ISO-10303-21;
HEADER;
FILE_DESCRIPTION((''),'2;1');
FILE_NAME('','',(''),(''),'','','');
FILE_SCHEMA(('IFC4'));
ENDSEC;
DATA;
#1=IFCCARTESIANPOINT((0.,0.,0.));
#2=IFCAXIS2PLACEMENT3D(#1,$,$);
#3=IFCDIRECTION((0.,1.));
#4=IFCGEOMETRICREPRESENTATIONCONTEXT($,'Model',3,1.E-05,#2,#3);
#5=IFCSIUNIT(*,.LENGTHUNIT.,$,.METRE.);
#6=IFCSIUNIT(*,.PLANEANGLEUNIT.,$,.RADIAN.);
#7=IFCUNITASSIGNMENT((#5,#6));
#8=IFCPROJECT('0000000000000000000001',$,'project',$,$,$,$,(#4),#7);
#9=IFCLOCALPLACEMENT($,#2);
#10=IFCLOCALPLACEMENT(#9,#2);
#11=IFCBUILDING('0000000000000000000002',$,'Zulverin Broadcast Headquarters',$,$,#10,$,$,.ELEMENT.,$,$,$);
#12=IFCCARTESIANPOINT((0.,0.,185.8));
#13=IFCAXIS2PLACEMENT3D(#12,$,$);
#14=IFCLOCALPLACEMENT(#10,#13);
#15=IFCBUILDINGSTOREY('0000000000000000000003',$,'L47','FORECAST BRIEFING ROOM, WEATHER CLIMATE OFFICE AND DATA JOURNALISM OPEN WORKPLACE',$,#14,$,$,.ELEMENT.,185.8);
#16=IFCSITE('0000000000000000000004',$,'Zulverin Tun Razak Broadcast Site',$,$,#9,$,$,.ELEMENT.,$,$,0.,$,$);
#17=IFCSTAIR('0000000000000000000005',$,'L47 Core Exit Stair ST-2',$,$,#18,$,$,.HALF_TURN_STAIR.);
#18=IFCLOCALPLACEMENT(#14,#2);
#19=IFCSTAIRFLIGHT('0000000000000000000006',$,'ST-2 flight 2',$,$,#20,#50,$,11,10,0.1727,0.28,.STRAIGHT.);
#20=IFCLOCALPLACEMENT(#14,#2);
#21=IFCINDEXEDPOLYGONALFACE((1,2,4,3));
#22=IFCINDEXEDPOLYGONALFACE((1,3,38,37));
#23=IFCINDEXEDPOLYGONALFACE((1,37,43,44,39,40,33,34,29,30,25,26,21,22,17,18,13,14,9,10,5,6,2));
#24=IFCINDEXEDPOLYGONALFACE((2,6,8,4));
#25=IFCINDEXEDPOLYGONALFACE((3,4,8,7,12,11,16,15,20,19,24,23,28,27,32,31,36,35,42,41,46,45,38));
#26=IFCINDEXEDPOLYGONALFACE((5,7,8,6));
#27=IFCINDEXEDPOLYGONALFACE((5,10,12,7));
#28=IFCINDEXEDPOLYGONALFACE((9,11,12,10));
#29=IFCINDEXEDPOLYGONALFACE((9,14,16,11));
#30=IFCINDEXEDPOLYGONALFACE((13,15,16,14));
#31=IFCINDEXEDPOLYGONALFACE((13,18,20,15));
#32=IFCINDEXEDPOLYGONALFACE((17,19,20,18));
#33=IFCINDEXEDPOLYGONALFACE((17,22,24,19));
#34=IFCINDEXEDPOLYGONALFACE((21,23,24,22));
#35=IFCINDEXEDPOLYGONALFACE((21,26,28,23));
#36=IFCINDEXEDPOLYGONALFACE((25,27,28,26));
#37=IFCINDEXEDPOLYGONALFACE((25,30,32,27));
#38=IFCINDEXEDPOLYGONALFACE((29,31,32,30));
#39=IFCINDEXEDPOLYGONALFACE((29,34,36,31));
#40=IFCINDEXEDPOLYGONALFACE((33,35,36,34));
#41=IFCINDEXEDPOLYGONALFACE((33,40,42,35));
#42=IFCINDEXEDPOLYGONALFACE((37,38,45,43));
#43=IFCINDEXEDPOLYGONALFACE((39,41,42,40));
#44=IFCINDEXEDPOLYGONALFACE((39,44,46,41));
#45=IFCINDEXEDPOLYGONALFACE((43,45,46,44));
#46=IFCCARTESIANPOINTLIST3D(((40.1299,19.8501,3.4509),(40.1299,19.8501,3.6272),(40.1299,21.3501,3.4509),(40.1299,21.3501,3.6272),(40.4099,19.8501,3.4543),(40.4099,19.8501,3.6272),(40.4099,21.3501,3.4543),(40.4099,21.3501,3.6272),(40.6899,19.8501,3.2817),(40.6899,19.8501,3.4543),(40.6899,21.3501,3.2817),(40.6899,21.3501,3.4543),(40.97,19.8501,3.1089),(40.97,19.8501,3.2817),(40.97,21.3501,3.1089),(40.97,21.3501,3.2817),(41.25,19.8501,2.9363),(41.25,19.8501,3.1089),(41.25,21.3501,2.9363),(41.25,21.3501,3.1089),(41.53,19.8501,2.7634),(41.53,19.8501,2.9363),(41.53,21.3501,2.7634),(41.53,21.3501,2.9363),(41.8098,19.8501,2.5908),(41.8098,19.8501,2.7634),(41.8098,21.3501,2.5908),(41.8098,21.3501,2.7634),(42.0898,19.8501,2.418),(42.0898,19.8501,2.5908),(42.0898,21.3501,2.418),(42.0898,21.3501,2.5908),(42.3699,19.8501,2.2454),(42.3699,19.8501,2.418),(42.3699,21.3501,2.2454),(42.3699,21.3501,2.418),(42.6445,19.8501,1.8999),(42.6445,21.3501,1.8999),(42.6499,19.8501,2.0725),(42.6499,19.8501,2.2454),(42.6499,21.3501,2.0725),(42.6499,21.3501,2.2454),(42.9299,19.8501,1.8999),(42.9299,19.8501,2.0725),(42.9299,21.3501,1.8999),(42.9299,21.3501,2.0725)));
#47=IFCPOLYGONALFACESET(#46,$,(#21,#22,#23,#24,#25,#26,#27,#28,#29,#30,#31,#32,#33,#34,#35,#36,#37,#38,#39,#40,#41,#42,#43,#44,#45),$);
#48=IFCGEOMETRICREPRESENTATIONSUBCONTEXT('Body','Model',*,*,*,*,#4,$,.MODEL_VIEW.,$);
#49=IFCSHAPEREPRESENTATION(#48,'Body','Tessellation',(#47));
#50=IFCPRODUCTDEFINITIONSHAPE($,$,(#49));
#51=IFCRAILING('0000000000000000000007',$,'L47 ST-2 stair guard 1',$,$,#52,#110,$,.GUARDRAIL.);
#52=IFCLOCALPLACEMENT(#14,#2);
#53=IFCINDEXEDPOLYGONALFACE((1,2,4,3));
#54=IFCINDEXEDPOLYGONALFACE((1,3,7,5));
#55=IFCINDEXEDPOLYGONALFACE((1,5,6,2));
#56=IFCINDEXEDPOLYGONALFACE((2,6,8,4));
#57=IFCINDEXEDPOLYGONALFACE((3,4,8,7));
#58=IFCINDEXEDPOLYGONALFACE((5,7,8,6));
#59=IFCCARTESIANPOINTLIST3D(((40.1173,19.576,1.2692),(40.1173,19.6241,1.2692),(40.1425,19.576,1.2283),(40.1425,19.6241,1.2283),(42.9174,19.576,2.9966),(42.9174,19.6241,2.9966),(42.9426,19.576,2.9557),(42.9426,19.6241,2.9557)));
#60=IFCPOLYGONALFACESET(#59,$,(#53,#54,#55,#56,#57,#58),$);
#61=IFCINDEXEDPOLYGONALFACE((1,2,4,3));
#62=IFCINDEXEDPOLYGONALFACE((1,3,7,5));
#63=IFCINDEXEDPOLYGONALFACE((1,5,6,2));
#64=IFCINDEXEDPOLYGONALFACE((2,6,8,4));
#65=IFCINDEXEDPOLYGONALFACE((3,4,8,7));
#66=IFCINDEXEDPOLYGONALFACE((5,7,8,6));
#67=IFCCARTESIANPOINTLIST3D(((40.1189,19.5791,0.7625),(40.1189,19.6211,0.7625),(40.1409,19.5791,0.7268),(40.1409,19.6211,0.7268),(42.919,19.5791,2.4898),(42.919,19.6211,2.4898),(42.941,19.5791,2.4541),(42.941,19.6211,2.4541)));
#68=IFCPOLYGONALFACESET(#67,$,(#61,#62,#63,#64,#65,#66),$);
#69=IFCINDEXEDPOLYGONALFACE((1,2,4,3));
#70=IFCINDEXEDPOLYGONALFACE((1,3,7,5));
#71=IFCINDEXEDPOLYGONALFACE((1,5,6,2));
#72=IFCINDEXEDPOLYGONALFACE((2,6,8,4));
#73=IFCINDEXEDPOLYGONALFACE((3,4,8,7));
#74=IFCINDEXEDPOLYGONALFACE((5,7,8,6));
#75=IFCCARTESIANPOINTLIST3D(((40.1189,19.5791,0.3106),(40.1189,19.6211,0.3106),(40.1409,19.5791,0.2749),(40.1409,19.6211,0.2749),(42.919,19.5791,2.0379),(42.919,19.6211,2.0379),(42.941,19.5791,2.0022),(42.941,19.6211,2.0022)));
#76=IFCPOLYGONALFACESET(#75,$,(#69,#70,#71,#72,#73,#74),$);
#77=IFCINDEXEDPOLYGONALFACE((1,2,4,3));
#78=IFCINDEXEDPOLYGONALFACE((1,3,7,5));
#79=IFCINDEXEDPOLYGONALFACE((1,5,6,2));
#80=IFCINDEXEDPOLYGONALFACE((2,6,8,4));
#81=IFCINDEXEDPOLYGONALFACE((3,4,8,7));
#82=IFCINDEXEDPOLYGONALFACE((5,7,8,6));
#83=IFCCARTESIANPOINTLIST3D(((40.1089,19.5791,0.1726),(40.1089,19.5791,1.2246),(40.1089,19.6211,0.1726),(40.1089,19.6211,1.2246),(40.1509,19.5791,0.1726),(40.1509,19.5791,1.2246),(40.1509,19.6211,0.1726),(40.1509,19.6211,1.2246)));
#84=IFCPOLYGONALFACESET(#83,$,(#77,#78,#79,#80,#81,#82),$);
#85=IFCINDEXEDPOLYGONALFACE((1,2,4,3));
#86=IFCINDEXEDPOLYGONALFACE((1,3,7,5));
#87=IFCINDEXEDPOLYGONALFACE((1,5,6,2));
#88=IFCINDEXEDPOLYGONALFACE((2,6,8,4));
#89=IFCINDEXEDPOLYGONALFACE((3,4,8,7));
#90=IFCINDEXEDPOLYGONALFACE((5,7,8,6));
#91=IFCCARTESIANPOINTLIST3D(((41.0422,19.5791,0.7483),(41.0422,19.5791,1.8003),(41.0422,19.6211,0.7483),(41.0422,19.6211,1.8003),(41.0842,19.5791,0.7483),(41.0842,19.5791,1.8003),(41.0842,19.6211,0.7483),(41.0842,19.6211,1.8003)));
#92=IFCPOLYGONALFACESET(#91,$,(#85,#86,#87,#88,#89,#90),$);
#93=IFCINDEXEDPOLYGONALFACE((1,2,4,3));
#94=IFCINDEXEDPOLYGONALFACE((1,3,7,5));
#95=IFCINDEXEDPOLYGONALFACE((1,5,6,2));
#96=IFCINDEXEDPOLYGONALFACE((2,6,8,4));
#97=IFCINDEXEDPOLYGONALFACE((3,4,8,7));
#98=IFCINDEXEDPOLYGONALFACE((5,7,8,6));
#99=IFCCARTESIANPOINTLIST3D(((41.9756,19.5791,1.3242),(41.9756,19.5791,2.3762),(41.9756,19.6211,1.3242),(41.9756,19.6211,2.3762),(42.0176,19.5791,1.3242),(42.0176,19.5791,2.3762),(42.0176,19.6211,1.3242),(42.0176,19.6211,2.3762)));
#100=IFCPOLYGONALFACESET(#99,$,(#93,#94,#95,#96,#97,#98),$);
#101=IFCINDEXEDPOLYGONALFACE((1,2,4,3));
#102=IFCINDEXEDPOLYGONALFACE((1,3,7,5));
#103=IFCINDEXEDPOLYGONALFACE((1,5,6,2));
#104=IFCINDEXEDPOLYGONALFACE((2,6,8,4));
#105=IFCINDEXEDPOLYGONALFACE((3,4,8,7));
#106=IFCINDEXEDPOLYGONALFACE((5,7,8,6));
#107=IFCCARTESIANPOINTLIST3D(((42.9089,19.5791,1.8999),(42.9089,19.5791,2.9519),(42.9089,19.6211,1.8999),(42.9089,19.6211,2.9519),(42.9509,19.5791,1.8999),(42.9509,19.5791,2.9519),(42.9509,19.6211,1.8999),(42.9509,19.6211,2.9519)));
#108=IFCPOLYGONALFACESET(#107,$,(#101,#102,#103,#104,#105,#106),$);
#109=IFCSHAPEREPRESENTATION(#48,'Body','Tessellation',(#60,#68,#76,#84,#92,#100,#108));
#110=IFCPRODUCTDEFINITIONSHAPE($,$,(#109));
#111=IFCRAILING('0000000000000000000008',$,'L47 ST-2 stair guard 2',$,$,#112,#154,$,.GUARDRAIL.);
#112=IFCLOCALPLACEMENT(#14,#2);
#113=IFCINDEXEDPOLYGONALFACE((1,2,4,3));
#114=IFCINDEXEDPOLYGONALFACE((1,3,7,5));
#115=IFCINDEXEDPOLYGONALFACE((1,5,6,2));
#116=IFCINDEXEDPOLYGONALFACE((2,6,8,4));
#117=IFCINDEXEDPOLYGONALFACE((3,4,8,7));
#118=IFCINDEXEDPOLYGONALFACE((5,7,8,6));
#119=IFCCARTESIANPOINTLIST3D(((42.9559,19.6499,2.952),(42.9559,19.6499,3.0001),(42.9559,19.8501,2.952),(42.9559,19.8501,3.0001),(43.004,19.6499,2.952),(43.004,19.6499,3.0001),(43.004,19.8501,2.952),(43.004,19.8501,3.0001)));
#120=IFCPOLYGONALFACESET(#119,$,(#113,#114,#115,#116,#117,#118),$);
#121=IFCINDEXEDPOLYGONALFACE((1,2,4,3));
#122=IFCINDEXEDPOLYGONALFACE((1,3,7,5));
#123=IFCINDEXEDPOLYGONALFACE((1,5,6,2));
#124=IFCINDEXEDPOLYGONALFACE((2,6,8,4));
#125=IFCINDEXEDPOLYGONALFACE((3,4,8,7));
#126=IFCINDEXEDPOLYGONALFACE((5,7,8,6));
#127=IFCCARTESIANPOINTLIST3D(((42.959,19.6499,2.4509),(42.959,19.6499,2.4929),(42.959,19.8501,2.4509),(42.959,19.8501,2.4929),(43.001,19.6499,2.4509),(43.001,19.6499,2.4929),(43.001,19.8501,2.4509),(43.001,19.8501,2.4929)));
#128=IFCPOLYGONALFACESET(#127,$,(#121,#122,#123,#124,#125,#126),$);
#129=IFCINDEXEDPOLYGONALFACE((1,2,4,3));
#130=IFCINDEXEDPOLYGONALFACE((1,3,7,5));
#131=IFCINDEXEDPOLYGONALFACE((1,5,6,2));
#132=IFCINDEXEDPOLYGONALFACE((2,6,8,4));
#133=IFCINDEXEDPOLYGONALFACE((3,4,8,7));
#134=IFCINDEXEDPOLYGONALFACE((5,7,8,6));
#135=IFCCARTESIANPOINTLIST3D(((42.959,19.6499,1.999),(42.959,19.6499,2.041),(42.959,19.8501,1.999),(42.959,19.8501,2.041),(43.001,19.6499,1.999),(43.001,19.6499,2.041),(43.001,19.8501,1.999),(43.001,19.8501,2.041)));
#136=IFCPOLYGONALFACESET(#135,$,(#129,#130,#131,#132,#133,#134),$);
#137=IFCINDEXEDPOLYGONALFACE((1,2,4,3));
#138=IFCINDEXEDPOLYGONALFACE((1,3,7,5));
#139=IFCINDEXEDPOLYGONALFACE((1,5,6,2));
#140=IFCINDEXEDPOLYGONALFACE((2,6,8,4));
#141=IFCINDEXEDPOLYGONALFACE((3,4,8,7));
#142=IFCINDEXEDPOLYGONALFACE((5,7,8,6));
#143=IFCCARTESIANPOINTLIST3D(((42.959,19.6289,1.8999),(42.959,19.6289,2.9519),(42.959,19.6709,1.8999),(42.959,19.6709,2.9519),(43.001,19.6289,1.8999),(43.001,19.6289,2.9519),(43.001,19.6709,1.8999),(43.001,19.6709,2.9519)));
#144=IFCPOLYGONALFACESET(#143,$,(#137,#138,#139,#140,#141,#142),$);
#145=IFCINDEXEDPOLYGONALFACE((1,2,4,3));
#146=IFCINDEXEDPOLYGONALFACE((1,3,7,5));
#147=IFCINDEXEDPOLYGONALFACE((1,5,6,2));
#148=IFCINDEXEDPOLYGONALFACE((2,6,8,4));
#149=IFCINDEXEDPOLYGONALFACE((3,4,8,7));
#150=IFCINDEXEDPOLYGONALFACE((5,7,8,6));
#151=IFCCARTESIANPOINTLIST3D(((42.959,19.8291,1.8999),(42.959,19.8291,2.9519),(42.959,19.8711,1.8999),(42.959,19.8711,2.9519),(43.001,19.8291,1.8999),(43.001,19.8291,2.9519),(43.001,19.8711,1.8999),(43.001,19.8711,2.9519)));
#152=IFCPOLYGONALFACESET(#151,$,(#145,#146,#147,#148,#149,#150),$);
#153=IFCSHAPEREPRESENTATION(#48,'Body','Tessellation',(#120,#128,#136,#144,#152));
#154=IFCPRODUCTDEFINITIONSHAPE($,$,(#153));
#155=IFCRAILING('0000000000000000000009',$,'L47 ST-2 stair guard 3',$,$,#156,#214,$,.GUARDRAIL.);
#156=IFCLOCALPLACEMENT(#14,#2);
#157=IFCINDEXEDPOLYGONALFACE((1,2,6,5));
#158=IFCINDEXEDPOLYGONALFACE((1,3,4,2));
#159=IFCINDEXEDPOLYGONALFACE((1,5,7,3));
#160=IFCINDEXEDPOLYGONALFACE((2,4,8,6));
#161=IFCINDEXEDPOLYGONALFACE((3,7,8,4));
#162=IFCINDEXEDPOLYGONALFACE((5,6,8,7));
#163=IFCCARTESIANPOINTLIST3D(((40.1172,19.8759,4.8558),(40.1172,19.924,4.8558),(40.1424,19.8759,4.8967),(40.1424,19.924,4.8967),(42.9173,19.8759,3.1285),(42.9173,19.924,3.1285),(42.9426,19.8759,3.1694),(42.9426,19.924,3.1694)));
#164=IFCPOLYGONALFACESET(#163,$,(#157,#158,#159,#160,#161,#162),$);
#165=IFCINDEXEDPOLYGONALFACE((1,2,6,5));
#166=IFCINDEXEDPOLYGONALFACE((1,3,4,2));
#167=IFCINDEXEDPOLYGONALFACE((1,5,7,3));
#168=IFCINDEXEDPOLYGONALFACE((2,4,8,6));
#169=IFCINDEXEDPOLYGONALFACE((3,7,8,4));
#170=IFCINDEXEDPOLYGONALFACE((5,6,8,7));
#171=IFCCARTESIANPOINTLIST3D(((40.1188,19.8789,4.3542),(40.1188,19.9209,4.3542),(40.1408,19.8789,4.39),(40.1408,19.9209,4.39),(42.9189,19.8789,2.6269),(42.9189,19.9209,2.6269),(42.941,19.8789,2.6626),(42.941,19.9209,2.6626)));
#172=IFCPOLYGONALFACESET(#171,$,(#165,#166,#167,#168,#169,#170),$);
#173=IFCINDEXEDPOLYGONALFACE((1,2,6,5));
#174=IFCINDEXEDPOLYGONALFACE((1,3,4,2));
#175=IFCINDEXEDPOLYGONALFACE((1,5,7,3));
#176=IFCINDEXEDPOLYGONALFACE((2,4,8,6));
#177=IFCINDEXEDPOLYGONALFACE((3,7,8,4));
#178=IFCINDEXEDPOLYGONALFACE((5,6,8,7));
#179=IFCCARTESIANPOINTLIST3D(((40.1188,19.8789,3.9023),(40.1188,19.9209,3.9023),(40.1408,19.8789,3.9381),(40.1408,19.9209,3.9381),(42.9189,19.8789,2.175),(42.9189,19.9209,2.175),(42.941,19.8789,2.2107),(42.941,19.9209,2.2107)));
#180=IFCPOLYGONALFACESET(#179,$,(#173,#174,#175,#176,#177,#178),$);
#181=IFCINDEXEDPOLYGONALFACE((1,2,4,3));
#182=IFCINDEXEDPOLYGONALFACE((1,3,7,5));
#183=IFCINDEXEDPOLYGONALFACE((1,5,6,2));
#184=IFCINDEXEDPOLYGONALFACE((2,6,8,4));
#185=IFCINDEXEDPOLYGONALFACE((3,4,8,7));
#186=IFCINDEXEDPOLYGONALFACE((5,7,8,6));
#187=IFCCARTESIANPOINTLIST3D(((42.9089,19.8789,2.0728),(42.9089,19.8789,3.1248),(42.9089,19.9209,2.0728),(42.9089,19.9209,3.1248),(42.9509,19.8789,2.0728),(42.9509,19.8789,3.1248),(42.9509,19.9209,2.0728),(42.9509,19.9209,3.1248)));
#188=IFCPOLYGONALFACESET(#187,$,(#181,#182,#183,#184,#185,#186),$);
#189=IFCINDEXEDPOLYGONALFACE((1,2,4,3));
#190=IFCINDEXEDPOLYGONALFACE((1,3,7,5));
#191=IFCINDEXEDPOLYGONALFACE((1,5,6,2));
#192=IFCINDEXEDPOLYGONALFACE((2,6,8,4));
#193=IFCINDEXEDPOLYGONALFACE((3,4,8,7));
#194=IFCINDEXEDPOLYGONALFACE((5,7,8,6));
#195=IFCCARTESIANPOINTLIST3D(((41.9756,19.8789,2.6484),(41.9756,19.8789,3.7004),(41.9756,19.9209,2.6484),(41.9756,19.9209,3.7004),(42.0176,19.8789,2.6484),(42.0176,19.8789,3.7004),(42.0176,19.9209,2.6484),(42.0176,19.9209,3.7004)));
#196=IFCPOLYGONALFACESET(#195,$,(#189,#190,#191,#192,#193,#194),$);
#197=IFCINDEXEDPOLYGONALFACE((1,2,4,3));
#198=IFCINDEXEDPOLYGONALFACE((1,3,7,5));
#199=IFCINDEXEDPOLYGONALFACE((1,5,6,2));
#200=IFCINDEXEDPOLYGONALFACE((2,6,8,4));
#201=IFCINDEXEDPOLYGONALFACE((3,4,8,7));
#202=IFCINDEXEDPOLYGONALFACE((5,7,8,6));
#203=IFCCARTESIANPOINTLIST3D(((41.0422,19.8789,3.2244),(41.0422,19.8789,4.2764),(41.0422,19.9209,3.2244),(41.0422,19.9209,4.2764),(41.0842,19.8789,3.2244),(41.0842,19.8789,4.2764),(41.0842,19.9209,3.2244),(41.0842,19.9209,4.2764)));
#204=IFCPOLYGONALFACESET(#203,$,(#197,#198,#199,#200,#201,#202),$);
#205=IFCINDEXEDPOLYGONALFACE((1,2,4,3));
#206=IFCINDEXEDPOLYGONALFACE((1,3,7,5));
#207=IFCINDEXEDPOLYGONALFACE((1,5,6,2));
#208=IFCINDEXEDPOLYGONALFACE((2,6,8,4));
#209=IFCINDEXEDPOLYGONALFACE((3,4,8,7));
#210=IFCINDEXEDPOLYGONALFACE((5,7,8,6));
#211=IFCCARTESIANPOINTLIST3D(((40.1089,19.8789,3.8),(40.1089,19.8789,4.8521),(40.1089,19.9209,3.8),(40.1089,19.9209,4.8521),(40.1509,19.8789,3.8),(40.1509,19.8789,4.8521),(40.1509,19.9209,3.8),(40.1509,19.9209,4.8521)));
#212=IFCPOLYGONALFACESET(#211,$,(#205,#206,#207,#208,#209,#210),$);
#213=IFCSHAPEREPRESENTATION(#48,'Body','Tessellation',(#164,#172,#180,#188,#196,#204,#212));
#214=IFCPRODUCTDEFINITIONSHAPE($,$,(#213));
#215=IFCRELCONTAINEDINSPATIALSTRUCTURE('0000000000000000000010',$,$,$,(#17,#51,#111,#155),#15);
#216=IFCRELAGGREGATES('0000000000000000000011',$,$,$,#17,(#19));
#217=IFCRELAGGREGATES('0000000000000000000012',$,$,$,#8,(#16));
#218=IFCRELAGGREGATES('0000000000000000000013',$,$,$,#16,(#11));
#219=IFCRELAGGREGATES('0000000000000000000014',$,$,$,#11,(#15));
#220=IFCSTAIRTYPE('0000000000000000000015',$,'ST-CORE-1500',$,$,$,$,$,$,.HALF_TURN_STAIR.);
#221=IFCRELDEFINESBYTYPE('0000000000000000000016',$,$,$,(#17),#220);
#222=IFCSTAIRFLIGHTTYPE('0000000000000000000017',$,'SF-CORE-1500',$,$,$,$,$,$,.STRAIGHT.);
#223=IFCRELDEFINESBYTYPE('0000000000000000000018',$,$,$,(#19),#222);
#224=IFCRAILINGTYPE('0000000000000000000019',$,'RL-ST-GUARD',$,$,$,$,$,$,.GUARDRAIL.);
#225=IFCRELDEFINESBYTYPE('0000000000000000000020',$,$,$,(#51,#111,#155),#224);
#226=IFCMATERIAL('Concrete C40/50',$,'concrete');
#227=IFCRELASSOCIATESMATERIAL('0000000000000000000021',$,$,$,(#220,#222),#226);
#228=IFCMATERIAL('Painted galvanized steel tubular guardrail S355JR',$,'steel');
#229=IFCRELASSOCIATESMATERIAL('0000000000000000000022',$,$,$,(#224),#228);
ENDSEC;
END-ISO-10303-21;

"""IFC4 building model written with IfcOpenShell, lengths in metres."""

from ifc_helpers import new_model, si_unit, direction, frame, origin, origin_2d, place, context, subcontext, project, spatial, polyline, rectangle, outline, extrude, material, type_object, element, aggregate, save


model = new_model("IFC4")

# Units and contexts
model_context = context("Model", 3, precision=1e-05, world=origin(), true_north=direction((0.0, 1.0)))
body_context = subcontext(model_context, "Body", "Model", "MODEL_VIEW")
ifc_project = project(units=[si_unit("LENGTHUNIT", "METRE"), si_unit("PLANEANGLEUNIT", "RADIAN")], contexts=[model_context])

# Site, building, storey
site_placement = place(None, origin())
site = spatial("IfcSite", under=ifc_project, at=site_placement, Name="Zulverin Tun Razak Broadcast Site", CompositionType="ELEMENT", RefElevation=0.0)
building_placement = place(site_placement, origin())
building = spatial("IfcBuilding", under=site, at=building_placement, Name="Zulverin Broadcast Headquarters", CompositionType="ELEMENT")
storey_placement = place(building_placement, frame((0.0, 0.0, 185.8)))
storey = spatial("IfcBuildingStorey", under=building, at=storey_placement, Name="L47", Description="FORECAST BRIEFING ROOM, WEATHER CLIMATE OFFICE AND DATA JOURNALISM OPEN WORKPLACE", CompositionType="ELEMENT", Elevation=185.8)

# Shared definitions
ifc_material_1 = material(Name="Concrete C40/50", Category="concrete")

# Stair, stair flight
stair_type = type_object("IfcStairType", Name="ST-CORE-1500", PredefinedType="HALF_TURN_STAIR", material=ifc_material_1)
stair_placement = place(storey_placement, origin())
stair = element("IfcStair", 1, at=stair_placement, inside=storey, type_object=stair_type, Name="L47 Core Exit Stair ST-2", PredefinedType="HALF_TURN_STAIR")
stair_flight_type = type_object("IfcStairFlightType", Name="SF-CORE-1500", PredefinedType="STRAIGHT", material=ifc_material_1)
stair_flight_1_placement = place(storey_placement, frame((42.9299, 20.6001, 1.8999), z_axis=(0.0, 0.0, 1.0), x_axis=(-1.0, 0.0, 0.0)))
stair_flight_1 = element("IfcStairFlight", 2, at=stair_flight_1_placement, type_object=stair_flight_type, Name="ST-2 flight 2", NumberOfRisers=11, NumberOfTreads=10, PredefinedType="STRAIGHT", RiserHeight=0.1727, TreadLength=0.28, context=body_context, shape_type="SweptSolid", body=[
    extrude(outline(polyline([(0.0, 0.0), (0.0, 0.1726), (0.28, 0.1726), (0.28, 0.3455), (0.5601, 0.3455), (0.5601, 0.5181), (0.8401, 0.5181), (0.8401, 0.6909), (1.1201, 0.6909), (1.1201, 0.8635), (1.3999, 0.8635), (1.3999, 1.0364), (1.6799, 1.0364), (1.6799, 1.209), (1.96, 1.209), (1.96, 1.3818), (2.24, 1.3818), (2.24, 1.5544), (2.52, 1.5544), (2.52, 1.7273), (2.8, 1.7273), (2.8, 1.8999), (2.8, 1.551), (0.2854, 0.0), (0.0, 0.0)])), frame((0.0, 0.75, 0.0), z_axis=(0.0, -1.0, 0.0), x_axis=(1.0, 0.0, 0.0)), (0.0, 0.0, 1.0), 1.5),
])
aggregate(stair, [stair_flight_1])

# Railings
ifc_material_2 = material(Name="Painted galvanized steel tubular guardrail S355JR", Category="steel")
railing_type_1 = type_object("IfcRailingType", Name="RL-ST-GUARD", PredefinedType="GUARDRAIL", material=ifc_material_2)
railing_1_placement = place(storey_placement, frame((40.1299, 19.6001, 0.1726)))
element("IfcRailing", 3, at=railing_1_placement, inside=storey, type_object=railing_type_1, Name="L47 ST-2 stair guard 1", PredefinedType="GUARDRAIL", context=body_context, shape_type="SweptSolid", body=[
    extrude(rectangle(XDim=0.0481, YDim=0.0481, at=origin_2d()), frame((0.0, 0.0, 1.0762), z_axis=(0.85109, 0.0, 0.52502), x_axis=(0.0, 1.0, 0.0)), (0.0, 0.0, 1.0), 3.29),
    extrude(rectangle(XDim=0.042, YDim=0.042, at=origin_2d()), frame((0.0, 0.0, 0.572), z_axis=(0.85109, 0.0, 0.52502), x_axis=(0.0, 1.0, 0.0)), (0.0, 0.0, 1.0), 3.29),
    extrude(rectangle(XDim=0.042, YDim=0.042, at=origin_2d()), frame((0.0, 0.0, 0.1201), z_axis=(0.85109, 0.0, 0.52502), x_axis=(0.0, 1.0, 0.0)), (0.0, 0.0, 1.0), 3.29),
    extrude(rectangle(XDim=0.042, YDim=0.042, at=origin_2d()), origin(), (0.0, 0.0, 1.0), 1.052),
    extrude(rectangle(XDim=0.042, YDim=0.042, at=origin_2d()), frame((0.9333, 0.0, 0.5757)), (0.0, 0.0, 1.0), 1.052),
    extrude(rectangle(XDim=0.042, YDim=0.042, at=origin_2d()), frame((1.8667, 0.0, 1.1516)), (0.0, 0.0, 1.0), 1.052),
    extrude(rectangle(XDim=0.042, YDim=0.042, at=origin_2d()), frame((2.8, 0.0, 1.7273)), (0.0, 0.0, 1.0), 1.052),
])
railing_2_placement = place(storey_placement, frame((42.98, 19.6499, 1.8999)))
element("IfcRailing", 4, at=railing_2_placement, inside=storey, type_object=railing_type_1, Name="L47 ST-2 stair guard 2", PredefinedType="GUARDRAIL", context=body_context, shape_type="SweptSolid", body=[
    extrude(rectangle(XDim=0.0481, YDim=0.0481, at=origin_2d()), frame((0.0, 0.0, 1.0762), z_axis=(0.0, 1.0, 0.0), x_axis=(-1.0, 0.0, 0.0)), (0.0, 0.0, 1.0), 0.2002),
    extrude(rectangle(XDim=0.042, YDim=0.042, at=origin_2d()), frame((0.0, 0.0, 0.572), z_axis=(0.0, 1.0, 0.0), x_axis=(-1.0, 0.0, 0.0)), (0.0, 0.0, 1.0), 0.2002),
    extrude(rectangle(XDim=0.042, YDim=0.042, at=origin_2d()), frame((0.0, 0.0, 0.1201), z_axis=(0.0, 1.0, 0.0), x_axis=(-1.0, 0.0, 0.0)), (0.0, 0.0, 1.0), 0.2002),
    extrude(rectangle(XDim=0.042, YDim=0.042, at=origin_2d()), origin(), (0.0, 0.0, 1.0), 1.052),
    extrude(rectangle(XDim=0.042, YDim=0.042, at=origin_2d()), frame((0.0, 0.2002, 0.0)), (0.0, 0.0, 1.0), 1.052),
])
railing_3_placement = place(storey_placement, frame((42.9299, 19.8999, 2.0728)))
element("IfcRailing", 5, at=railing_3_placement, inside=storey, type_object=railing_type_1, Name="L47 ST-2 stair guard 3", PredefinedType="GUARDRAIL", context=body_context, shape_type="SweptSolid", body=[
    extrude(rectangle(XDim=0.0481, YDim=0.0481, at=origin_2d()), frame((0.0, 0.0, 1.0762), z_axis=(-0.85109, 0.0, 0.52502), x_axis=(0.0, -1.0, 0.0)), (0.0, 0.0, 1.0), 3.29),
    extrude(rectangle(XDim=0.042, YDim=0.042, at=origin_2d()), frame((0.0, 0.0, 0.572), z_axis=(-0.85109, 0.0, 0.52502), x_axis=(0.0, -1.0, 0.0)), (0.0, 0.0, 1.0), 3.29),
    extrude(rectangle(XDim=0.042, YDim=0.042, at=origin_2d()), frame((0.0, 0.0, 0.1201), z_axis=(-0.85109, 0.0, 0.52502), x_axis=(0.0, -1.0, 0.0)), (0.0, 0.0, 1.0), 3.29),
    extrude(rectangle(XDim=0.042, YDim=0.042, at=origin_2d()), origin(), (0.0, 0.0, 1.0), 1.052),
    extrude(rectangle(XDim=0.042, YDim=0.042, at=origin_2d()), frame((-0.9333, 0.0, 0.5757)), (0.0, 0.0, 1.0), 1.052),
    extrude(rectangle(XDim=0.042, YDim=0.042, at=origin_2d()), frame((-1.8667, 0.0, 1.1516)), (0.0, 0.0, 1.0), 1.052),
    extrude(rectangle(XDim=0.042, YDim=0.042, at=origin_2d()), frame((-2.8, 0.0, 1.7273)), (0.0, 0.0, 1.0), 1.052),
])

save(model, "model.ifc")
